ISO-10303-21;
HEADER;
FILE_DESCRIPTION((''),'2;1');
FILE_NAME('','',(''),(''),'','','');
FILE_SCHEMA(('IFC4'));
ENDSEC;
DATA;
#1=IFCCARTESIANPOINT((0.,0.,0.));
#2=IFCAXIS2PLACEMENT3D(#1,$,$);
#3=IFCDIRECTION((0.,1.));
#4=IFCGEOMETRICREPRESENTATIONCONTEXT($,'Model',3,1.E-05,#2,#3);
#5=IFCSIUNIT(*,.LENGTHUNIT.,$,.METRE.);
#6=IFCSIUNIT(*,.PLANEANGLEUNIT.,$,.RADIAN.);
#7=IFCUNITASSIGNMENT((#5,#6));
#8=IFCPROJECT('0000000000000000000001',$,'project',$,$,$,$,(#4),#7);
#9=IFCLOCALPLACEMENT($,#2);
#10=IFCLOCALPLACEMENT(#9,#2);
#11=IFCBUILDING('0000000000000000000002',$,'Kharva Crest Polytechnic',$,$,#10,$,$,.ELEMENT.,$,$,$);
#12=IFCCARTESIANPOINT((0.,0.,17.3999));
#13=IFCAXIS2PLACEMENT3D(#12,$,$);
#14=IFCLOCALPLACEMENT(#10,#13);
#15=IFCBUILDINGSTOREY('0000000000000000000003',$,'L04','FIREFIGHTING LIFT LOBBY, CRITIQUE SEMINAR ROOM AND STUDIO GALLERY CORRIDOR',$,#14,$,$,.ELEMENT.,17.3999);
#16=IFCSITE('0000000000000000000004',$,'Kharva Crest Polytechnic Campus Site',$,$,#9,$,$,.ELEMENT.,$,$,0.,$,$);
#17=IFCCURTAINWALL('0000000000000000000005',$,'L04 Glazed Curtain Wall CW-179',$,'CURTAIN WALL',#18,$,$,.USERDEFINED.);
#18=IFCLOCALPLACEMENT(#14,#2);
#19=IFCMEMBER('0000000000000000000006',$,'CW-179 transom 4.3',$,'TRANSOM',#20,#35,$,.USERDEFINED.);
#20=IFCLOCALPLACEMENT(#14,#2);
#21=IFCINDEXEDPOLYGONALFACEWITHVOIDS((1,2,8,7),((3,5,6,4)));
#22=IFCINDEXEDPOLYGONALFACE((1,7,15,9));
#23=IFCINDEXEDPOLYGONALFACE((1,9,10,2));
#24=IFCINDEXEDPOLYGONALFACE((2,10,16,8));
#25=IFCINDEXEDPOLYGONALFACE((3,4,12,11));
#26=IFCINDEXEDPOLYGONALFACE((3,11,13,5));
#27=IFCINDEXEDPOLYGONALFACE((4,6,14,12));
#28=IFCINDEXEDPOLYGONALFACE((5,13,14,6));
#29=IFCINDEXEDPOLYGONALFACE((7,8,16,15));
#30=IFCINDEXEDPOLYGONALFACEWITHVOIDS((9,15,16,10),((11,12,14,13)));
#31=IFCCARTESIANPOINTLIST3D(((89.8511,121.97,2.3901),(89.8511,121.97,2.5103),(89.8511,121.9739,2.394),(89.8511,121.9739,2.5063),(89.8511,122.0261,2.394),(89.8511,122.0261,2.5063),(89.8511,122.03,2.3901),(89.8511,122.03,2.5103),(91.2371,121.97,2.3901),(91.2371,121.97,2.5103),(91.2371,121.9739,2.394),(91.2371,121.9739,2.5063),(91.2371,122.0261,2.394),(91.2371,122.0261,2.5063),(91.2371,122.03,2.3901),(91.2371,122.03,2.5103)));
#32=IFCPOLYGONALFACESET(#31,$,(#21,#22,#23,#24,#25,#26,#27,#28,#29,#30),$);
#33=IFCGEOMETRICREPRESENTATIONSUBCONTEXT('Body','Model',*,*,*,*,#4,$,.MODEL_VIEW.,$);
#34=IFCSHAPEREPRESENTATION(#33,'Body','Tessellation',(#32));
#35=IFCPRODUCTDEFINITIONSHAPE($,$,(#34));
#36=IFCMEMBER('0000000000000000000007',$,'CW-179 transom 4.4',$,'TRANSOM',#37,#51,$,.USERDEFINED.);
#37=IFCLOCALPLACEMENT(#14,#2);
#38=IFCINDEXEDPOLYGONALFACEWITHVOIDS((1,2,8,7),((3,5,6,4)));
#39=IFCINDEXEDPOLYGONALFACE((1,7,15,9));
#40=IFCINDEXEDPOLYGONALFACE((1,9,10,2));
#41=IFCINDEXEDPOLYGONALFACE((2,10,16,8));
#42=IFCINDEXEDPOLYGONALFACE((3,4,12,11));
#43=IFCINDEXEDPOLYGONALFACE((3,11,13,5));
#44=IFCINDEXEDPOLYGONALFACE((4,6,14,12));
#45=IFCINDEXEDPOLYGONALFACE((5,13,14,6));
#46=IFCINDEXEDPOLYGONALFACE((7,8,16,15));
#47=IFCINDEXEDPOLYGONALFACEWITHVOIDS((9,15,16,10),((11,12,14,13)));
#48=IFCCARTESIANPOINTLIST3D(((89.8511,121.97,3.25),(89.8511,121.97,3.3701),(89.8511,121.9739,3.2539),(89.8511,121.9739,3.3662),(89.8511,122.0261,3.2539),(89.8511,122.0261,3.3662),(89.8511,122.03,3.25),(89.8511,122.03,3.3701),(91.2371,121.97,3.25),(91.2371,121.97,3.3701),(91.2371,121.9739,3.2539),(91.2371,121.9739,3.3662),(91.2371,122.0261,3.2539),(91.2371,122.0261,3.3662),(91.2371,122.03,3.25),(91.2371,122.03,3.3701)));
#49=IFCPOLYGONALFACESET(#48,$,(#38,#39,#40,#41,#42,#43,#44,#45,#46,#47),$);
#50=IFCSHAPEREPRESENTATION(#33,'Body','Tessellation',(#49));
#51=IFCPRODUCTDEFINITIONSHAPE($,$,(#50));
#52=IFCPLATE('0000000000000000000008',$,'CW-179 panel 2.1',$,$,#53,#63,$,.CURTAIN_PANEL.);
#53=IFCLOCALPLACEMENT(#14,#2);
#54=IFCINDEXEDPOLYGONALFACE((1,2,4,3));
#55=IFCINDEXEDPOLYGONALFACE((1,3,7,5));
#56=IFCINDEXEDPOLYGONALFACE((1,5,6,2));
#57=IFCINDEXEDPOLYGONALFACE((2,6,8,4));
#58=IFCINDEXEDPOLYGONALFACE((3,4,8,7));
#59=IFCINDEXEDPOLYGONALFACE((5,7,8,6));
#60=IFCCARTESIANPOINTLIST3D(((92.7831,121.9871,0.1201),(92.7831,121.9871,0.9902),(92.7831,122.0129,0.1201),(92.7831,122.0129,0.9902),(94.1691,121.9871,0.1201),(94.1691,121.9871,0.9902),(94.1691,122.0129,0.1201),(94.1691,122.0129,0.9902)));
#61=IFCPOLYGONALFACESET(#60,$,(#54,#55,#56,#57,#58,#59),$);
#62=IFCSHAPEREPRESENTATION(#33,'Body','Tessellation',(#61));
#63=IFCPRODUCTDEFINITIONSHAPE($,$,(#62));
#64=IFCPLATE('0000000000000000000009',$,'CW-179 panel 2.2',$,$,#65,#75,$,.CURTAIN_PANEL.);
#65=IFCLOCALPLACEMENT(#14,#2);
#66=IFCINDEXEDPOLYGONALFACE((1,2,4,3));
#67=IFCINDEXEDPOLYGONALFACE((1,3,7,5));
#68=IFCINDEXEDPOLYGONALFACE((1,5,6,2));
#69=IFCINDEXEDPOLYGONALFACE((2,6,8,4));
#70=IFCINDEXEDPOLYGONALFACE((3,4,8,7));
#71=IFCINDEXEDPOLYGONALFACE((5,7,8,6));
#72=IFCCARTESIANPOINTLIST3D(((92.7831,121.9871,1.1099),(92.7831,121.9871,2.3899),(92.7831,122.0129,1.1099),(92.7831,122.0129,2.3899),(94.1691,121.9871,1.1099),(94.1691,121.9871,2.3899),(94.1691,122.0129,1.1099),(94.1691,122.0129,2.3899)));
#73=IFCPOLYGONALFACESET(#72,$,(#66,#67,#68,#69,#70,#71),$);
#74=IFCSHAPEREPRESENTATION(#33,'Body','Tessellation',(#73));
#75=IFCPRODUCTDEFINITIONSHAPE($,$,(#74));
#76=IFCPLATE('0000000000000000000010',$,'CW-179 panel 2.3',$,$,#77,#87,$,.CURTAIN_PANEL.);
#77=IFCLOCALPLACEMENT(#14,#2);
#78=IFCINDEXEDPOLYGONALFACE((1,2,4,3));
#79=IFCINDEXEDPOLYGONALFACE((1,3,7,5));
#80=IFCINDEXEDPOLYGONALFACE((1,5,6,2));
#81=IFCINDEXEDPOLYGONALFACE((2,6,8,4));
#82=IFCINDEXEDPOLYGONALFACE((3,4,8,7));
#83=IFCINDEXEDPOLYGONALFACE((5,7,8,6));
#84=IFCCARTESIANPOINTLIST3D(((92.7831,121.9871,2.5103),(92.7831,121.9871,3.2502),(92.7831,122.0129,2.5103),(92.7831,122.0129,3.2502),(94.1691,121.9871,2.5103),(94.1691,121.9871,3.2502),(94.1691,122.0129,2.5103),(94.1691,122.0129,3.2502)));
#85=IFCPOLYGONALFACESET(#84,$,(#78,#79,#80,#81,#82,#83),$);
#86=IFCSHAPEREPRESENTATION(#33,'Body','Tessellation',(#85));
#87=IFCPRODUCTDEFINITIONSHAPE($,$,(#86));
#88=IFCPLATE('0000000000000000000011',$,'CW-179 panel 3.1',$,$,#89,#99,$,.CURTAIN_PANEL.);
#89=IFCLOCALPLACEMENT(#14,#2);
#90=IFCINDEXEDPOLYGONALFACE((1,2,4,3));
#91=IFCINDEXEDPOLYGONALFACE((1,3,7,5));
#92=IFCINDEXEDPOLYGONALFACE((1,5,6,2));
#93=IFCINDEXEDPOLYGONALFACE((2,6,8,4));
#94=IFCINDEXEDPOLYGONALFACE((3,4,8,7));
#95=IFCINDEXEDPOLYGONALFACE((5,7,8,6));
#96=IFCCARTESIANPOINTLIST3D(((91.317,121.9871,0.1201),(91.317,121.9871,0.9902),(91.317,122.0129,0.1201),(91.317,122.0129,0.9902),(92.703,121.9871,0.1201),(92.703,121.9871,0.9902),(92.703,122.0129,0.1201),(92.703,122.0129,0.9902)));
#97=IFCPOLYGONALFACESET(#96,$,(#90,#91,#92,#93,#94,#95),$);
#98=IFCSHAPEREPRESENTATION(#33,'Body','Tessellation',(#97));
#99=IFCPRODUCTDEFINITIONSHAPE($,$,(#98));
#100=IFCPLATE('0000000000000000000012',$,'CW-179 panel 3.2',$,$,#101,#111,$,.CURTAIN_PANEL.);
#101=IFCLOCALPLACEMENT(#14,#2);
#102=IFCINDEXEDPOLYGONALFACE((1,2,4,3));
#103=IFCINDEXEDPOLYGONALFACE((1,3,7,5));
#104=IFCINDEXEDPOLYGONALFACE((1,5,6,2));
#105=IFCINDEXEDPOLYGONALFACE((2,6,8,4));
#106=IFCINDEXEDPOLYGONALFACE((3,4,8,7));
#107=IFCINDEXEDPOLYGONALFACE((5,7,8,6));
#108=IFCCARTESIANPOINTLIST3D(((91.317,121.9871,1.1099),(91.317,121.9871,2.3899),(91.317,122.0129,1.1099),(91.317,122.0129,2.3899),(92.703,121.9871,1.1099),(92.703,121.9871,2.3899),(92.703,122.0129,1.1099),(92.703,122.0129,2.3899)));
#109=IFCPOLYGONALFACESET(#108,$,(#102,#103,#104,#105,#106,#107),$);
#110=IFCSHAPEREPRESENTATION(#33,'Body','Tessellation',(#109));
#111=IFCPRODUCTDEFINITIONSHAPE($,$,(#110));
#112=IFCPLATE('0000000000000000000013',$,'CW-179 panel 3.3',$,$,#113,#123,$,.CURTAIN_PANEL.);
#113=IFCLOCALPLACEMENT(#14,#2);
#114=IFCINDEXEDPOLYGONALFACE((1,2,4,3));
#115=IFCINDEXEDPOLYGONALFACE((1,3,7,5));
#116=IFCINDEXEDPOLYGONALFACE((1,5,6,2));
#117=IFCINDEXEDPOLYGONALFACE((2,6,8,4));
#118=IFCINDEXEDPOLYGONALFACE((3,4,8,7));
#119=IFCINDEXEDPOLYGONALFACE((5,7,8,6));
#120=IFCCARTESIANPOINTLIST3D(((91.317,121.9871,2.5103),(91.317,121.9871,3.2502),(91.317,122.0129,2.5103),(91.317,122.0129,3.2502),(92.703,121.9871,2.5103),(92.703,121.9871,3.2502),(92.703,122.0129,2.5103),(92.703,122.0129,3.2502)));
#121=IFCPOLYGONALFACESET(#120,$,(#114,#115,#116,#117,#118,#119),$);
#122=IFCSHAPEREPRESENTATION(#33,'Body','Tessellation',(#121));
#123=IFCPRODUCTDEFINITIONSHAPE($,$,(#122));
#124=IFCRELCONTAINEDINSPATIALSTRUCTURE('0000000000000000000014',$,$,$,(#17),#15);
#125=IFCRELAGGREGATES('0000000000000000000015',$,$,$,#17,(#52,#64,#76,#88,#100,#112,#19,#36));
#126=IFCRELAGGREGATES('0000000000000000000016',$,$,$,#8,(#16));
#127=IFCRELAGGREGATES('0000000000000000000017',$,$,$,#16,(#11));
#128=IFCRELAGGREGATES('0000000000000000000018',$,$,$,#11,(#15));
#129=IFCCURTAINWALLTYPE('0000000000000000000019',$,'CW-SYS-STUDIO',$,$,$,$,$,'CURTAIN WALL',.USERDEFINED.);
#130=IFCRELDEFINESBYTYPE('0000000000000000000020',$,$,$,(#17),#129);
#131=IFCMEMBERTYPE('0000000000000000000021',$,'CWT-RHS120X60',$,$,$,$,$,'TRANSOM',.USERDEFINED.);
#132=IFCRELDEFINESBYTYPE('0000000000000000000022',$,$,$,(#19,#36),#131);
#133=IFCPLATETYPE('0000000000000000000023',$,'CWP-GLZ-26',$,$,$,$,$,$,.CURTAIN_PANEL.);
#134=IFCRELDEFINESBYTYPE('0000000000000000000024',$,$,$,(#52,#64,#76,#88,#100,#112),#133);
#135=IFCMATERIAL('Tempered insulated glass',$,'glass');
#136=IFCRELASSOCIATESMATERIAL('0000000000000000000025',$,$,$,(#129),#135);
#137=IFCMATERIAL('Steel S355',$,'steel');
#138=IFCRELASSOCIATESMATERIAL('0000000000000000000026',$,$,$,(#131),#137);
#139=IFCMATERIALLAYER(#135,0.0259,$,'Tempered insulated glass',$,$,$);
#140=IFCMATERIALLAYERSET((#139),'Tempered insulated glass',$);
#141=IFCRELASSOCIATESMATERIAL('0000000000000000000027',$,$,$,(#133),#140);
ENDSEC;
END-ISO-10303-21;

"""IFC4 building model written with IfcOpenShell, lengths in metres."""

from ifc_helpers import new_model, si_unit, direction, frame, origin, origin_2d, place, context, subcontext, project, spatial, rectangle, hollow_rectangle, extrude, material, layer, layer_set, material_profile, profile_set, type_object, element, aggregate, save


model = new_model("IFC4")

# Units and contexts
model_context = context("Model", 3, precision=1e-05, world=origin(), true_north=direction((0.0, 1.0)))
body_context = subcontext(model_context, "Body", "Model", "MODEL_VIEW")
ifc_project = project(units=[si_unit("LENGTHUNIT", "METRE"), si_unit("PLANEANGLEUNIT", "RADIAN")], contexts=[model_context])

# Site, building, storey
site_placement = place(None, origin())
site = spatial("IfcSite", under=ifc_project, at=site_placement, Name="Kharva Crest Polytechnic Campus Site", CompositionType="ELEMENT", RefElevation=0.0)
building_placement = place(site_placement, origin())
building = spatial("IfcBuilding", under=site, at=building_placement, Name="Kharva Crest Polytechnic", CompositionType="ELEMENT")
storey_placement = place(building_placement, frame((0.0, 0.0, 17.3999)))
storey = spatial("IfcBuildingStorey", under=building, at=storey_placement, Name="L04", Description="FIREFIGHTING LIFT LOBBY, CRITIQUE SEMINAR ROOM AND STUDIO GALLERY CORRIDOR", CompositionType="ELEMENT", Elevation=17.3999)

# Curtain wall, members, plates
ifc_material_1 = material(Name="Tempered insulated glass", Category="glass")
curtain_wall_type = type_object("IfcCurtainWallType", Name="CW-SYS-STUDIO", ElementType="CURTAIN WALL", PredefinedType="USERDEFINED", material=ifc_material_1)
curtain_wall_placement = place(storey_placement, origin())
curtain_wall = element("IfcCurtainWall", 1, at=curtain_wall_placement, inside=storey, type_object=curtain_wall_type, Name="L04 Glazed Curtain Wall CW-179", ObjectType="CURTAIN WALL", PredefinedType="USERDEFINED")
ifc_material_2 = material(Name="Steel S355", Category="steel")
ifc_material_profile_1 = material_profile(ifc_material_2, hollow_rectangle(XDim=0.0601, YDim=0.1201, WallThickness=0.0039, at=origin_2d()), Name="RHS 120X60X4.0")
ifc_profile_set_1 = profile_set([ifc_material_profile_1], Name="Steel S355")
member_type_1 = type_object("IfcMemberType", Name="CWT-RHS120X60", ElementType="TRANSOM", PredefinedType="USERDEFINED", material=ifc_profile_set_1)
member_1_placement = place(storey_placement, frame((91.2371, 122.0, 2.4502), z_axis=(-1.0, 0.0, 0.0), x_axis=(0.0, -1.0, 0.0)))
member_1 = element("IfcMember", 2, at=member_1_placement, type_object=member_type_1, Name="CW-179 transom 4.3", ObjectType="TRANSOM", PredefinedType="USERDEFINED", context=body_context, shape_type="SweptSolid", body=[
    extrude(hollow_rectangle(XDim=0.0601, YDim=0.1201, WallThickness=0.0039, at=origin_2d()), origin(), (0.0, 0.0, 1.0), 1.386),
])
member_2_placement = place(storey_placement, frame((91.2371, 122.0, 3.3101), z_axis=(-1.0, 0.0, 0.0), x_axis=(0.0, -1.0, 0.0)))
member_2 = element("IfcMember", 3, at=member_2_placement, type_object=member_type_1, Name="CW-179 transom 4.4", ObjectType="TRANSOM", PredefinedType="USERDEFINED", context=body_context, shape_type="SweptSolid", body=[
    extrude(hollow_rectangle(XDim=0.0601, YDim=0.1201, WallThickness=0.0039, at=origin_2d()), origin(), (0.0, 0.0, 1.0), 1.386),
])
ifc_layer = layer(ifc_material_1, 0.0259, Name="Tempered insulated glass")
ifc_layer_set = layer_set([ifc_layer], Name="Tempered insulated glass")
plate_type = type_object("IfcPlateType", Name="CWP-GLZ-26", PredefinedType="CURTAIN_PANEL", material=ifc_layer_set)
plate_1_placement = place(storey_placement, frame((93.4761, 122.0, 0.1201), z_axis=(0.0, 0.0, 1.0), x_axis=(-1.0, 0.0, 0.0)))
plate_1 = element("IfcPlate", 4, at=plate_1_placement, type_object=plate_type, Name="CW-179 panel 2.1", PredefinedType="CURTAIN_PANEL", context=body_context, shape_type="SweptSolid", body=[
    extrude(rectangle(XDim=1.386, YDim=0.0259, at=origin_2d()), origin(), (0.0, 0.0, 1.0), 0.8701),
])
plate_2_placement = place(storey_placement, frame((93.4761, 122.0, 1.1099), z_axis=(0.0, 0.0, 1.0), x_axis=(-1.0, 0.0, 0.0)))
plate_2 = element("IfcPlate", 5, at=plate_2_placement, type_object=plate_type, Name="CW-179 panel 2.2", PredefinedType="CURTAIN_PANEL", context=body_context, shape_type="SweptSolid", body=[
    extrude(rectangle(XDim=1.386, YDim=0.0259, at=origin_2d()), origin(), (0.0, 0.0, 1.0), 1.28),
])
plate_3_placement = place(storey_placement, frame((93.4761, 122.0, 2.5103), z_axis=(0.0, 0.0, 1.0), x_axis=(-1.0, 0.0, 0.0)))
plate_3 = element("IfcPlate", 6, at=plate_3_placement, type_object=plate_type, Name="CW-179 panel 2.3", PredefinedType="CURTAIN_PANEL", context=body_context, shape_type="SweptSolid", body=[
    extrude(rectangle(XDim=1.386, YDim=0.0259, at=origin_2d()), origin(), (0.0, 0.0, 1.0), 0.74),
])
plate_4_placement = place(storey_placement, frame((92.01, 122.0, 0.1201), z_axis=(0.0, 0.0, 1.0), x_axis=(-1.0, 0.0, 0.0)))
plate_4 = element("IfcPlate", 7, at=plate_4_placement, type_object=plate_type, Name="CW-179 panel 3.1", PredefinedType="CURTAIN_PANEL", context=body_context, shape_type="SweptSolid", body=[
    extrude(rectangle(XDim=1.386, YDim=0.0259, at=origin_2d()), origin(), (0.0, 0.0, 1.0), 0.8701),
])
plate_5_placement = place(storey_placement, frame((92.01, 122.0, 1.1099), z_axis=(0.0, 0.0, 1.0), x_axis=(-1.0, 0.0, 0.0)))
plate_5 = element("IfcPlate", 8, at=plate_5_placement, type_object=plate_type, Name="CW-179 panel 3.2", PredefinedType="CURTAIN_PANEL", context=body_context, shape_type="SweptSolid", body=[
    extrude(rectangle(XDim=1.386, YDim=0.0259, at=origin_2d()), origin(), (0.0, 0.0, 1.0), 1.28),
])
plate_6_placement = place(storey_placement, frame((92.01, 122.0, 2.5103), z_axis=(0.0, 0.0, 1.0), x_axis=(-1.0, 0.0, 0.0)))
plate_6 = element("IfcPlate", 9, at=plate_6_placement, type_object=plate_type, Name="CW-179 panel 3.3", PredefinedType="CURTAIN_PANEL", context=body_context, shape_type="SweptSolid", body=[
    extrude(rectangle(XDim=1.386, YDim=0.0259, at=origin_2d()), origin(), (0.0, 0.0, 1.0), 0.74),
])
aggregate(curtain_wall, [plate_1, plate_2, plate_3, plate_4, plate_5, plate_6, member_1, member_2])

save(model, "model.ifc")
